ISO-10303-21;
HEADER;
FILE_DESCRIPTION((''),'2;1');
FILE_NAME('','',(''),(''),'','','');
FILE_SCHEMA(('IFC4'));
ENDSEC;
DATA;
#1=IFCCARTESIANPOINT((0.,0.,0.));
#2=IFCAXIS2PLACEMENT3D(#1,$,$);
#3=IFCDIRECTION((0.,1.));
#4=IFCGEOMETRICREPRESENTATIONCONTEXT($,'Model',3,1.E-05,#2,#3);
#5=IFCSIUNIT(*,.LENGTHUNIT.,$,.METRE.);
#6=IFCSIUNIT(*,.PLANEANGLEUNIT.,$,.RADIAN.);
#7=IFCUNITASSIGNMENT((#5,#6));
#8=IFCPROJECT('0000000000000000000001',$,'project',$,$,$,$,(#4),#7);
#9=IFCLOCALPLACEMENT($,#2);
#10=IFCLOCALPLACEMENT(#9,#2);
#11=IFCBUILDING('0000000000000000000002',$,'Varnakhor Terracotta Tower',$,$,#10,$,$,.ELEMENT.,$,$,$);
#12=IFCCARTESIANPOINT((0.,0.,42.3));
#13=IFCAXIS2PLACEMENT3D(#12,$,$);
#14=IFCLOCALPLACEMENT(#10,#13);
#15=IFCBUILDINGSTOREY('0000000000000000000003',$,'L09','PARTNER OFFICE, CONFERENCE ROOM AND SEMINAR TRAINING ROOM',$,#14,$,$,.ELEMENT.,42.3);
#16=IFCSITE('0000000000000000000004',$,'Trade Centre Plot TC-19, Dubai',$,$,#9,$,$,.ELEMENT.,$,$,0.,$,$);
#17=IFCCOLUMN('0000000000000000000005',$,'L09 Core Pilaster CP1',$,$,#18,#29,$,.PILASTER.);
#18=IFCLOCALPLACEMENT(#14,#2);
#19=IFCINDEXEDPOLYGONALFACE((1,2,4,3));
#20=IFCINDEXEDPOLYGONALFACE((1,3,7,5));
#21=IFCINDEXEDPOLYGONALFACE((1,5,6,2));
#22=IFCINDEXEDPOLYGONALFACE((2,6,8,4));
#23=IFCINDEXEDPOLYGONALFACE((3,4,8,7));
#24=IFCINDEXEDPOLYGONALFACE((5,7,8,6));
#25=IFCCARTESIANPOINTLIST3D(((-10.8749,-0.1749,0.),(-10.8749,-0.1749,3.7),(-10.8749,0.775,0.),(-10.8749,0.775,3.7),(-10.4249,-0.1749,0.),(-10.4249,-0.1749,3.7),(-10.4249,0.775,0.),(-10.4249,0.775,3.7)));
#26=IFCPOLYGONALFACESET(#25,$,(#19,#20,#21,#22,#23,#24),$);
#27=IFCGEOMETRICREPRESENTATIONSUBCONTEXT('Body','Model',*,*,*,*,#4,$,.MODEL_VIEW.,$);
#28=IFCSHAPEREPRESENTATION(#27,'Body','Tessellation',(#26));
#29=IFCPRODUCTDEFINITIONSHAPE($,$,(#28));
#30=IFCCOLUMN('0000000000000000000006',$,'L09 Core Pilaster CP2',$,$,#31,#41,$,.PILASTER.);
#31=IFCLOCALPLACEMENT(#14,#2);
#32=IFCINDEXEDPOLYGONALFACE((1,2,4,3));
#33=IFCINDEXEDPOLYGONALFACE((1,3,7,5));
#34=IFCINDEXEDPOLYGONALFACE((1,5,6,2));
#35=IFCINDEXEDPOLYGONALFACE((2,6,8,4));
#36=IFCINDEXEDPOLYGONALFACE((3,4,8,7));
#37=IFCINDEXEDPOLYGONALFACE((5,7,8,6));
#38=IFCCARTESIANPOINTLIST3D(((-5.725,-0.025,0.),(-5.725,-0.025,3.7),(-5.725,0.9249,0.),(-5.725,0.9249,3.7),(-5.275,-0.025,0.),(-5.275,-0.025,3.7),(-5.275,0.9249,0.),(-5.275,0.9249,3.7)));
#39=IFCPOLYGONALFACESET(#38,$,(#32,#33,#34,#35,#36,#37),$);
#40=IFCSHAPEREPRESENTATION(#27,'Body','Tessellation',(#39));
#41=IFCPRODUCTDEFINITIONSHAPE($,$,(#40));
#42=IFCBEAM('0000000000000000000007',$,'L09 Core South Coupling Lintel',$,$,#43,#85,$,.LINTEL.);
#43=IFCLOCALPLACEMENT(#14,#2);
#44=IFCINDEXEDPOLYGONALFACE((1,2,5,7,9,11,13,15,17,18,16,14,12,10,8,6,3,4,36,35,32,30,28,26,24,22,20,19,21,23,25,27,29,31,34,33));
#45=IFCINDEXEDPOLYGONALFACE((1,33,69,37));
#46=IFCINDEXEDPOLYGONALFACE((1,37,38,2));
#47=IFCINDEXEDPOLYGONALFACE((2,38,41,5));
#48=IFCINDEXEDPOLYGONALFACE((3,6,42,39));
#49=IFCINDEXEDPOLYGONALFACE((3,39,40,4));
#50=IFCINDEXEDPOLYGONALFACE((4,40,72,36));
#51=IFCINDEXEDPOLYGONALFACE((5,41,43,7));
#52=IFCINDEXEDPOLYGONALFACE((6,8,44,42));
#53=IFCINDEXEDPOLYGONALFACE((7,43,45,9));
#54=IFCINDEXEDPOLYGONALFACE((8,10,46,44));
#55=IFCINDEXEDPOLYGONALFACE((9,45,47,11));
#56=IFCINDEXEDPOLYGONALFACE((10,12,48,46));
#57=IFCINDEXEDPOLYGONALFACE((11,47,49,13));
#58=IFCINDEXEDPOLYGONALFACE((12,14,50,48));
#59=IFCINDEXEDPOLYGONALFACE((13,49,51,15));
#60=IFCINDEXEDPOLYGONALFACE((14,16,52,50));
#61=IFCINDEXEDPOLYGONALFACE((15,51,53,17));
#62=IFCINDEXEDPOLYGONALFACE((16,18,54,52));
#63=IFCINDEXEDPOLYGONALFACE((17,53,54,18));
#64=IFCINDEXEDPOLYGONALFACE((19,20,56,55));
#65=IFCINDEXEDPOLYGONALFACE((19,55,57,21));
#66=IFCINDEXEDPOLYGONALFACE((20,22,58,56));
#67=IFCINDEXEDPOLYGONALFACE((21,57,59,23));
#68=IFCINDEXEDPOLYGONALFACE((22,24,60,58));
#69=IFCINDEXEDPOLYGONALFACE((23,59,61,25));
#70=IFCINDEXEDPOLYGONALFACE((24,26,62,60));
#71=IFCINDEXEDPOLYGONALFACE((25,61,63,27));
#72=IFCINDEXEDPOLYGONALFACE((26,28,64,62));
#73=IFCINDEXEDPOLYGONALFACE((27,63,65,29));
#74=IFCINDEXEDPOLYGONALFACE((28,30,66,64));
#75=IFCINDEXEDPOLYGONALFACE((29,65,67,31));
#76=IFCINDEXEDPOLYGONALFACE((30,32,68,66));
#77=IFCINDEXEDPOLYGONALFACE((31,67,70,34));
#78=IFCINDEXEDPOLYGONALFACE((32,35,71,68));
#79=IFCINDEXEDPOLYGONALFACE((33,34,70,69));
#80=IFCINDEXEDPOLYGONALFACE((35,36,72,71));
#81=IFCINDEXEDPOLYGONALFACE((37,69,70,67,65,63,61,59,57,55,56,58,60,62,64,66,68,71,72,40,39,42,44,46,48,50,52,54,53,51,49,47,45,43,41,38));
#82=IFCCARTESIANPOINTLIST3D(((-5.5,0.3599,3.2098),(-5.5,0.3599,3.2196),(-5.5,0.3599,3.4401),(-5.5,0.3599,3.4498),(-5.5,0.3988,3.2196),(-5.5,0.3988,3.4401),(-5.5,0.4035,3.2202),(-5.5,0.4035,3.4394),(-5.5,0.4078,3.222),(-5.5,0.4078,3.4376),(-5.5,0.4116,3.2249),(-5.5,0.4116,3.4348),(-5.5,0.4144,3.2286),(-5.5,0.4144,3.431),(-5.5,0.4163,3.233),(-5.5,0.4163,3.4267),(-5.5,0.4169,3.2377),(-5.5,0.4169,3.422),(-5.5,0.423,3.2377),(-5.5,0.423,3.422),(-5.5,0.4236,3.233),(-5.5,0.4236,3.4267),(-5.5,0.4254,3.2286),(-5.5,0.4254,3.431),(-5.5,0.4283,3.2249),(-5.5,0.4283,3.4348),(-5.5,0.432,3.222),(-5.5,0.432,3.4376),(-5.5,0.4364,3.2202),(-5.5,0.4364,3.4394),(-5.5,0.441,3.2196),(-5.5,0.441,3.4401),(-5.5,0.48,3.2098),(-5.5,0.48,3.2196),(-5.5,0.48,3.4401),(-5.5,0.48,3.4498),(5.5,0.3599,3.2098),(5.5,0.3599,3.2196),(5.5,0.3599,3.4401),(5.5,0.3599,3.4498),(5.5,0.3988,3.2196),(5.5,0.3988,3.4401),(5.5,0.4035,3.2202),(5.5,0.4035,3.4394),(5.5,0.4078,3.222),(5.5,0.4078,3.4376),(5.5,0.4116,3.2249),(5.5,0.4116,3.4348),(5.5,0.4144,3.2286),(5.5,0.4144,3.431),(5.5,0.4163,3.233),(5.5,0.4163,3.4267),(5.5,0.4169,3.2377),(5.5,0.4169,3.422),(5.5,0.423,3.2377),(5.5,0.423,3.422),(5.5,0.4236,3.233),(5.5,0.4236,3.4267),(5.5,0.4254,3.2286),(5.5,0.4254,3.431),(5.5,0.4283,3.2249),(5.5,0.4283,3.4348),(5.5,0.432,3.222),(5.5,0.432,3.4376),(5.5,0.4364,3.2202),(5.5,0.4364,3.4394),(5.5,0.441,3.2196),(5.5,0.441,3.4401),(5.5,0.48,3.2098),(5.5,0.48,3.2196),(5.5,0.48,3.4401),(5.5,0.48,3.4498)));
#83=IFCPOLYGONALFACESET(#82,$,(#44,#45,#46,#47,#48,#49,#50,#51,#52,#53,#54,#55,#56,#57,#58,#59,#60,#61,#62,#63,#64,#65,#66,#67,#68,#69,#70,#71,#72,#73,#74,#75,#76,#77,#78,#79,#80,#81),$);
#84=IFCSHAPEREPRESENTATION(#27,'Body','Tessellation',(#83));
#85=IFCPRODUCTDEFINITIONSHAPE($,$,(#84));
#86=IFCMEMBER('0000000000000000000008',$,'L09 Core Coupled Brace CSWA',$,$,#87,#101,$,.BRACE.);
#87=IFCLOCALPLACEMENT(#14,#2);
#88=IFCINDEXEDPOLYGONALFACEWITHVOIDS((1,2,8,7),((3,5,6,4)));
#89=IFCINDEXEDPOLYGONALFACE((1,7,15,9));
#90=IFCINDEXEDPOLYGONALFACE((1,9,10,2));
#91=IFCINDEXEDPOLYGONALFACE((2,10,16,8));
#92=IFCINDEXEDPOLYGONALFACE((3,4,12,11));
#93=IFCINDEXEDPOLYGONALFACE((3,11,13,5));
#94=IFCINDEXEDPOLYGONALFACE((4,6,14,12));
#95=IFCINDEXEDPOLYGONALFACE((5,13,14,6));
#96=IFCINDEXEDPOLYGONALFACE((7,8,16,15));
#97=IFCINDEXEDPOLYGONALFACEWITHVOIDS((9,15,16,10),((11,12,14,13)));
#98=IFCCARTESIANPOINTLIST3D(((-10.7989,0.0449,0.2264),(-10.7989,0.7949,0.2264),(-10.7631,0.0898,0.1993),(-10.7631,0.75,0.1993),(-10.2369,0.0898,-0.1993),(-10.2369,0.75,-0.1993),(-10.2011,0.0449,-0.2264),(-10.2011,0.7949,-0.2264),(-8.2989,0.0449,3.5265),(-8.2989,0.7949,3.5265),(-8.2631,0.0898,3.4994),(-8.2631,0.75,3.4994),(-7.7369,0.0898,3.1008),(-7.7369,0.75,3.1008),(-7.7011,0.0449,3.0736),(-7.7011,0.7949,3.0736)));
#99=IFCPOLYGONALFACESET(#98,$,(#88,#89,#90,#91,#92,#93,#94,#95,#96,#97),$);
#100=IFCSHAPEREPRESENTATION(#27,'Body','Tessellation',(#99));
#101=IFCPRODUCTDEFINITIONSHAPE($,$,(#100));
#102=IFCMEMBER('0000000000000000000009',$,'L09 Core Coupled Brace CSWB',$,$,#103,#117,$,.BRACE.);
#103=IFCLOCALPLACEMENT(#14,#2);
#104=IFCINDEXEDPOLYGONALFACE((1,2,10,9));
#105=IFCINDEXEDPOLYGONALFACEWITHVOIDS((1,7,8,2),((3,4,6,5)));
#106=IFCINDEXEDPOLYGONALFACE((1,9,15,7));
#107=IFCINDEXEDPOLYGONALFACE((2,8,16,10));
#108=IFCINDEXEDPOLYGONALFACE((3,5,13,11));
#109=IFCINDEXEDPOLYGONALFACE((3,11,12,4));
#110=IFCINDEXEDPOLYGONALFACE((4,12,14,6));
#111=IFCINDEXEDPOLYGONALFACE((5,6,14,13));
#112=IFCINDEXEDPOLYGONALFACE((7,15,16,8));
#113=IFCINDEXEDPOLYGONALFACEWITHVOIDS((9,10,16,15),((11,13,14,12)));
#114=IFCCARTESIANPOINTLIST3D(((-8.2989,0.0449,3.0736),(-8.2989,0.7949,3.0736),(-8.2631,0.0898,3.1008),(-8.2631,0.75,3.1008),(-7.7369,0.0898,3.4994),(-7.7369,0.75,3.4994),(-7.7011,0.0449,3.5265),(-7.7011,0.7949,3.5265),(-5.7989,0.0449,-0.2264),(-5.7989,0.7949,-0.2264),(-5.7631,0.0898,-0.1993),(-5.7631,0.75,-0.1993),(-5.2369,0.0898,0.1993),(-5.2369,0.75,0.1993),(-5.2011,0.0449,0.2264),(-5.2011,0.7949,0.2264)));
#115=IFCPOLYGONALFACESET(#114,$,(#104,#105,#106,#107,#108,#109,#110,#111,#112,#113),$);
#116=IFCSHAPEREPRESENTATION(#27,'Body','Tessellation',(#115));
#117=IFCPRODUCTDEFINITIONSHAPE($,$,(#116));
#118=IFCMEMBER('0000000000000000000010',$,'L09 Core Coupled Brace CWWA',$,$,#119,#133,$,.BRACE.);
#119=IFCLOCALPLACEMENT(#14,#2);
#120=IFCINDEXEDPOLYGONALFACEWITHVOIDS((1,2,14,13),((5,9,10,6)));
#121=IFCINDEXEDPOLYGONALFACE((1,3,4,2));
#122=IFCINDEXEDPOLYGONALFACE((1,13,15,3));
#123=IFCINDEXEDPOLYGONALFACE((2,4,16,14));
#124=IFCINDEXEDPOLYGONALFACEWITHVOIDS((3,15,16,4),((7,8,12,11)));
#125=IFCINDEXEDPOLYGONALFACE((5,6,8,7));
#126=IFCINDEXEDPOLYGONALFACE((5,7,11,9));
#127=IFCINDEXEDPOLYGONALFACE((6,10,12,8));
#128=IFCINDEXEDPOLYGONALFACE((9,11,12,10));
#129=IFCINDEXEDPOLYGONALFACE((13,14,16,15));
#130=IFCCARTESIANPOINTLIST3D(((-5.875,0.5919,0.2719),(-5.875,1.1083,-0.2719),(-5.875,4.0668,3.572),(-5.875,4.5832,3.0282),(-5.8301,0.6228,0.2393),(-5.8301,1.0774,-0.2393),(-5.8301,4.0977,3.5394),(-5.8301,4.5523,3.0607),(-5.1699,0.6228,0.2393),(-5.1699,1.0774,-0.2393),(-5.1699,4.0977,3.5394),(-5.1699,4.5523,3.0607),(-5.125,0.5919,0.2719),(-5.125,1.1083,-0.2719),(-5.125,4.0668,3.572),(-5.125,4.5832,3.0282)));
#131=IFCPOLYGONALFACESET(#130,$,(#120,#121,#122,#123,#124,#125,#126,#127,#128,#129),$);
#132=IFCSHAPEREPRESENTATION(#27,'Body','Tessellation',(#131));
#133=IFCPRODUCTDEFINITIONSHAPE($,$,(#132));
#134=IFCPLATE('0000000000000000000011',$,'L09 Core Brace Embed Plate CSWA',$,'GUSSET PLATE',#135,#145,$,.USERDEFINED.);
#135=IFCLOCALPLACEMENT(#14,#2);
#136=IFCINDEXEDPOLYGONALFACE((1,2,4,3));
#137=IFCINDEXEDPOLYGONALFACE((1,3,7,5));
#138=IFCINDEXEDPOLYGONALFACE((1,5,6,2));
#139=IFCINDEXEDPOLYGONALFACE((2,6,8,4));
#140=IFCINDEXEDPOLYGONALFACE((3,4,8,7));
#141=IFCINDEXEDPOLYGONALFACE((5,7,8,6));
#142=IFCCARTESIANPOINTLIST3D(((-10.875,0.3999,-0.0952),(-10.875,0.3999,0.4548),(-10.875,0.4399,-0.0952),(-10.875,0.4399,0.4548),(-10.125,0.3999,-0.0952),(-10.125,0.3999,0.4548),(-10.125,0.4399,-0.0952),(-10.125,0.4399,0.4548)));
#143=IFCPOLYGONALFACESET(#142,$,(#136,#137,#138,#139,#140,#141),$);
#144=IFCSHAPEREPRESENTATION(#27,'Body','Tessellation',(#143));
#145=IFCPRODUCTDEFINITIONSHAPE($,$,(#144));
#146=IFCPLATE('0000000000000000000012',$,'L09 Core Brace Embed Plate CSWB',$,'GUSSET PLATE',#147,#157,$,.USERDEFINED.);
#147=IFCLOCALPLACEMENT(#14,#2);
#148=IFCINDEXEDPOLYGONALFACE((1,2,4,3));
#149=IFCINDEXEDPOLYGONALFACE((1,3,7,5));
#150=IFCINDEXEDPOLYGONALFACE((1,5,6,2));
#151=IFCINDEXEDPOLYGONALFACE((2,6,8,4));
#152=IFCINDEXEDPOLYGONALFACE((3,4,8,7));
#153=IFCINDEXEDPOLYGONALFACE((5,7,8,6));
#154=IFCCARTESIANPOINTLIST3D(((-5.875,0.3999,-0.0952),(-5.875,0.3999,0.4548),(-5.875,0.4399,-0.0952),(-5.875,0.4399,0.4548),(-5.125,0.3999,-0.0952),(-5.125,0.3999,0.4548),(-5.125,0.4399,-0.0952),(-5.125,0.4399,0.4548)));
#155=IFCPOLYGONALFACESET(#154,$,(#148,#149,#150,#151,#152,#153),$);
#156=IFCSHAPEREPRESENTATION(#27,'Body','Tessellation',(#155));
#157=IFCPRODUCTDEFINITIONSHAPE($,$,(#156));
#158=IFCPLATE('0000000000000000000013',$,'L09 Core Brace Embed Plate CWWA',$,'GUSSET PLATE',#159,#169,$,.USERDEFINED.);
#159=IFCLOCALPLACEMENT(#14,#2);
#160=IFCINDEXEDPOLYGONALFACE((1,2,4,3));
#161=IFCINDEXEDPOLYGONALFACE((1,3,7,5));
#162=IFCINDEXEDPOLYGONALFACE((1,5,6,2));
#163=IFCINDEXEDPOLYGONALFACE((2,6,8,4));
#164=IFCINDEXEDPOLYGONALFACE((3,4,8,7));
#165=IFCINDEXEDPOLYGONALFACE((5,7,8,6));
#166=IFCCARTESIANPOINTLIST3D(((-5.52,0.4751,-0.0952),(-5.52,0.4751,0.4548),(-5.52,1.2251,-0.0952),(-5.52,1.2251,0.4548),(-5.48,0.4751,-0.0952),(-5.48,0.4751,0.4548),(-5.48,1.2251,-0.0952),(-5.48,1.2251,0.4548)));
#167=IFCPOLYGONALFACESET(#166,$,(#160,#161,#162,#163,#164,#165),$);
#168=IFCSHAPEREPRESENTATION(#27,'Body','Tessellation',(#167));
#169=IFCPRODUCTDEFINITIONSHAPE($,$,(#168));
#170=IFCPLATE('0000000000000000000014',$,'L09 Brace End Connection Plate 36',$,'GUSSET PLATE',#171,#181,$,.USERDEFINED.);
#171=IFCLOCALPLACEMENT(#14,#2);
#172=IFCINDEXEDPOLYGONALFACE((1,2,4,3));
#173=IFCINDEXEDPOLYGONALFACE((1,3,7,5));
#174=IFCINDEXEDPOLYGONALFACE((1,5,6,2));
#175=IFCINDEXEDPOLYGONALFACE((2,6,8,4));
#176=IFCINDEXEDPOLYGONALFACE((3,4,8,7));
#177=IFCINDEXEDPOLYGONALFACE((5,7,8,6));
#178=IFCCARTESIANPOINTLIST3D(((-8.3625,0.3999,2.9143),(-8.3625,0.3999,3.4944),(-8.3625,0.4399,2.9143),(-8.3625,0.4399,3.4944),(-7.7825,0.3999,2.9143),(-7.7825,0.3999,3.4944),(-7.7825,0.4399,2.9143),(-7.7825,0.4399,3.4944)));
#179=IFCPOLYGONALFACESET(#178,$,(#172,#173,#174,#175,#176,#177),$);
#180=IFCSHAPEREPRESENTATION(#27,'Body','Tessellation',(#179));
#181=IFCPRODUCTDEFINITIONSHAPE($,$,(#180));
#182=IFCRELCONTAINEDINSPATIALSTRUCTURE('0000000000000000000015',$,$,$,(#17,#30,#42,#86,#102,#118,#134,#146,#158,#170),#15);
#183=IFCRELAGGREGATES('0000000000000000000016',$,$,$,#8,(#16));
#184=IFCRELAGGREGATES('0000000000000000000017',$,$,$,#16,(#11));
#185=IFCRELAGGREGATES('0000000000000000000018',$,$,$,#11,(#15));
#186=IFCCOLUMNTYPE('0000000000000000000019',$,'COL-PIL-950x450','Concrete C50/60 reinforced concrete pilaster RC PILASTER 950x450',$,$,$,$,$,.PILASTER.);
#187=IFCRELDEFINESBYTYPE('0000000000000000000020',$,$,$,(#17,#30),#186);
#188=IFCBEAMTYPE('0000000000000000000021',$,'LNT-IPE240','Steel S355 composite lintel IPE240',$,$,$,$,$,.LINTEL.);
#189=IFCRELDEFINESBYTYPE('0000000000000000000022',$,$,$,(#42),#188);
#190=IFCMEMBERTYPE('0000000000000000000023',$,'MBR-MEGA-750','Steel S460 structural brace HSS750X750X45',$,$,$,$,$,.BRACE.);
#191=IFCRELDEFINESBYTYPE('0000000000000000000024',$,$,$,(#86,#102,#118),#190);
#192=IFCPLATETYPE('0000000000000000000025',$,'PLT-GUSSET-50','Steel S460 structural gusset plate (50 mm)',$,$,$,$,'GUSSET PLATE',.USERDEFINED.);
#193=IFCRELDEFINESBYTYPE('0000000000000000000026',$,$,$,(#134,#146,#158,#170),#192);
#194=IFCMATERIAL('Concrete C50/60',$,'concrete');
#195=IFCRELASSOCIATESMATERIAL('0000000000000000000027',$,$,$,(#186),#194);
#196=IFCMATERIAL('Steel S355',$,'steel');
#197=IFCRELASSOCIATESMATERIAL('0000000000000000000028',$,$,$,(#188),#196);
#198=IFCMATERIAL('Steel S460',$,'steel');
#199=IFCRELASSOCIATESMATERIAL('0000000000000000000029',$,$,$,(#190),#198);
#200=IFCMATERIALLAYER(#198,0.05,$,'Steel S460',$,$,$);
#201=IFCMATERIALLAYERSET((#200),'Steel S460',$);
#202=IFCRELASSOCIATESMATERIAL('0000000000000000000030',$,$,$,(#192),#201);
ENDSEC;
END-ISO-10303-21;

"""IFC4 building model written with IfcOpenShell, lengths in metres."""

from ifc_helpers import new_model, si_unit, direction, frame, origin, origin_2d, place, context, subcontext, project, spatial, rectangle, hollow_rectangle, i_section, extrude, source, transform, mapped, material, layer, layer_set, material_profile, profile_set, type_object, type_shapes, element, save


model = new_model("IFC4")

# Units and contexts
model_context = context("Model", 3, precision=1e-05, world=origin(), true_north=direction((0.0, 1.0)))
body_context = subcontext(model_context, "Body", "Model", "MODEL_VIEW")
ifc_project = project(units=[si_unit("LENGTHUNIT", "METRE"), si_unit("PLANEANGLEUNIT", "RADIAN")], contexts=[model_context])

# Site, building, storey
site_placement = place(None, origin())
site = spatial("IfcSite", under=ifc_project, at=site_placement, Name="Trade Centre Plot TC-19, Dubai", CompositionType="ELEMENT", RefElevation=0.0)
building_placement = place(site_placement, origin())
building = spatial("IfcBuilding", under=site, at=building_placement, Name="Varnakhor Terracotta Tower", CompositionType="ELEMENT")
storey_placement = place(building_placement, frame((0.0, 0.0, 42.3)))
storey = spatial("IfcBuildingStorey", under=building, at=storey_placement, Name="L09", Description="PARTNER OFFICE, CONFERENCE ROOM AND SEMINAR TRAINING ROOM", CompositionType="ELEMENT", Elevation=42.3)

# Columns
ifc_material_1 = material(Name="Concrete C50/60", Category="concrete")
ifc_material_profile_1 = material_profile(ifc_material_1, rectangle(XDim=0.45, YDim=0.95, at=origin_2d()), Name="RC PILASTER 950x450")
ifc_profile_set_1 = profile_set([ifc_material_profile_1], Name="Concrete C50/60")
column_type = type_object("IfcColumnType", Name="COL-PIL-950x450", Description="Concrete C50/60 reinforced concrete pilaster RC PILASTER 950x450", PredefinedType="PILASTER", material=ifc_profile_set_1)
shared_shape_1 = source(origin(), body_context, "Body", "SweptSolid", [
    extrude(rectangle(XDim=0.45, YDim=0.95, at=origin_2d()), origin(), (0.0, 0.0, 1.0), 3.7),
])
for number, where, z_axis, x_axis, name in (
    (1, (-10.6499, 0.3, 0.0), (0.0, 0.0, 1.0), (1.0, 0.0, 0.0), "L09 Core Pilaster CP1"),
    (2, (-5.5, 0.45, 0.0), (0.0, 0.0, 1.0), (1.0, 0.0, 0.0), "L09 Core Pilaster CP2"),
):
    element("IfcColumn", number, at=place(storey_placement, frame(where, z_axis=z_axis, x_axis=x_axis)), inside=storey, type_object=column_type, Name=name, PredefinedType="PILASTER", context=body_context, shape_type="MappedRepresentation", body=[
        mapped(shared_shape_1, transform((0.0, 0.0, 0.0), scale=1.0)),
    ])

# Beam
ifc_material_2 = material(Name="Steel S355", Category="steel")
ifc_material_profile_2 = material_profile(ifc_material_2, i_section(OverallWidth=0.1201, OverallDepth=0.24, WebThickness=0.0061, FlangeThickness=0.0098, FilletRadius=0.0181, at=origin_2d()), Name="IPE240")
ifc_profile_set_2 = profile_set([ifc_material_profile_2], Name="Steel S355")
beam_type = type_object("IfcBeamType", Name="LNT-IPE240", Description="Steel S355 composite lintel IPE240", PredefinedType="LINTEL", material=ifc_profile_set_2)
shared_shape_2 = source(origin(), body_context, "Body", "SweptSolid", [
    extrude(i_section(OverallWidth=0.1201, OverallDepth=0.24, WebThickness=0.0061, FlangeThickness=0.0098, FilletRadius=0.0181, at=origin_2d()), origin(), (0.0, 0.0, 1.0), 11.0),
])
type_shapes(beam_type, [shared_shape_2])
beam_placement = place(storey_placement, frame((-5.5, 0.4199, 3.3298), z_axis=(1.0, 0.0, 0.0), x_axis=(0.0, 1.0, 0.0)))
element("IfcBeam", 3, at=beam_placement, inside=storey, type_object=beam_type, Name="L09 Core South Coupling Lintel", PredefinedType="LINTEL", context=body_context, shape_type="MappedRepresentation", body=[
    mapped(shared_shape_2, transform((0.0, 0.0, 0.0), scale=1.0)),
])

# Members
ifc_material_3 = material(Name="Steel S460", Category="steel")
ifc_material_profile_3 = material_profile(ifc_material_3, hollow_rectangle(XDim=0.75, YDim=0.75, WallThickness=0.0449, at=origin_2d()), Name="HSS750X750X45")
ifc_profile_set_3 = profile_set([ifc_material_profile_3], Name="Steel S460")
member_type = type_object("IfcMemberType", Name="MBR-MEGA-750", Description="Steel S460 structural brace HSS750X750X45", PredefinedType="BRACE", material=ifc_profile_set_3)
shared_shape_3 = source(origin(), body_context, "Body", "SweptSolid", [
    extrude(hollow_rectangle(XDim=0.75, YDim=0.75, WallThickness=0.0449, at=origin_2d()), origin(), (0.0, 0.0, 1.0), 4.1401),
])
type_shapes(member_type, [shared_shape_3])
for number, where, z_axis, x_axis, name in (
    (4, (-10.5, 0.4199, 0.0), (0.603852, 0.0, 0.797096), (0.0, 1.0, 0.0), "L09 Core Coupled Brace CSWA"),
    (5, (-5.5, 0.4199, 0.0), (-0.603852, 0.0, 0.797096), (0.0, -1.0, 0.0), "L09 Core Coupled Brace CSWB"),
):
    element("IfcMember", number, at=place(storey_placement, frame(where, z_axis=z_axis, x_axis=x_axis)), inside=storey, type_object=member_type, Name=name, PredefinedType="BRACE", context=body_context, shape_type="MappedRepresentation", body=[
        mapped(shared_shape_3, transform((0.0, 0.0, 0.0), scale=1.0)),
    ])
shared_shape_4 = source(origin(), body_context, "Body", "SweptSolid", [
    extrude(hollow_rectangle(XDim=0.75, YDim=0.75, WallThickness=0.0449, at=origin_2d()), origin(), (0.0, 0.0, 1.0), 4.7922),
])
member_placement = place(storey_placement, frame((-5.5, 0.8501, 0.0), z_axis=(0.0, 0.72511, 0.688633), x_axis=(-1.0, 0.0, 0.0)))
element("IfcMember", 6, at=member_placement, inside=storey, type_object=member_type, Name="L09 Core Coupled Brace CWWA", PredefinedType="BRACE", context=body_context, shape_type="MappedRepresentation", body=[
    mapped(shared_shape_4, transform((0.0, 0.0, 0.0), scale=1.0)),
])

# Plates
ifc_layer_1 = layer(ifc_material_3, 0.05, Name="Steel S460")
ifc_layer_set_1 = layer_set([ifc_layer_1], Name="Steel S460")
plate_type = type_object("IfcPlateType", Name="PLT-GUSSET-50", Description="Steel S460 structural gusset plate (50 mm)", ElementType="GUSSET PLATE", PredefinedType="USERDEFINED", material=ifc_layer_set_1)
shared_shape_5 = source(origin(), body_context, "Body", "SweptSolid", [
    extrude(rectangle(XDim=0.75, YDim=0.04, at=origin_2d()), origin(), (0.0, 0.0, 1.0), 0.55),
])
type_shapes(plate_type, [shared_shape_5])
for number, where, z_axis, x_axis, name in (
    (7, (-10.5, 0.4199, -0.0952), (0.0, 0.0, 1.0), (1.0, 0.0, 0.0), "L09 Core Brace Embed Plate CSWA"),
    (8, (-5.5, 0.4199, -0.0952), (0.0, 0.0, 1.0), (1.0, 0.0, 0.0), "L09 Core Brace Embed Plate CSWB"),
    (9, (-5.5, 0.8501, -0.0952), (0.0, 0.0, 1.0), (0.0, 1.0, 0.0), "L09 Core Brace Embed Plate CWWA"),
):
    element("IfcPlate", number, at=place(storey_placement, frame(where, z_axis=z_axis, x_axis=x_axis)), inside=storey, type_object=plate_type, Name=name, ObjectType="GUSSET PLATE", PredefinedType="USERDEFINED", context=body_context, shape_type="MappedRepresentation", body=[
        mapped(shared_shape_5, transform((0.0, 0.0, 0.0), scale=1.0)),
    ])
shared_shape_6 = source(origin(), body_context, "Body", "SweptSolid", [
    extrude(rectangle(XDim=0.5801, YDim=0.04, at=origin_2d()), origin(), (0.0, 0.0, 1.0), 0.5801),
])
plate_placement = place(storey_placement, frame((-8.0725, 0.4199, 2.9143), z_axis=(0.0, 0.0, 1.0), x_axis=(1.0, 0.0, 0.0)))
element("IfcPlate", 10, at=plate_placement, inside=storey, type_object=plate_type, Name="L09 Brace End Connection Plate 36", ObjectType="GUSSET PLATE", PredefinedType="USERDEFINED", context=body_context, shape_type="MappedRepresentation", body=[
    mapped(shared_shape_6, transform((0.0, 0.0, 0.0), scale=1.0)),
])

save(model, "model.ifc")
